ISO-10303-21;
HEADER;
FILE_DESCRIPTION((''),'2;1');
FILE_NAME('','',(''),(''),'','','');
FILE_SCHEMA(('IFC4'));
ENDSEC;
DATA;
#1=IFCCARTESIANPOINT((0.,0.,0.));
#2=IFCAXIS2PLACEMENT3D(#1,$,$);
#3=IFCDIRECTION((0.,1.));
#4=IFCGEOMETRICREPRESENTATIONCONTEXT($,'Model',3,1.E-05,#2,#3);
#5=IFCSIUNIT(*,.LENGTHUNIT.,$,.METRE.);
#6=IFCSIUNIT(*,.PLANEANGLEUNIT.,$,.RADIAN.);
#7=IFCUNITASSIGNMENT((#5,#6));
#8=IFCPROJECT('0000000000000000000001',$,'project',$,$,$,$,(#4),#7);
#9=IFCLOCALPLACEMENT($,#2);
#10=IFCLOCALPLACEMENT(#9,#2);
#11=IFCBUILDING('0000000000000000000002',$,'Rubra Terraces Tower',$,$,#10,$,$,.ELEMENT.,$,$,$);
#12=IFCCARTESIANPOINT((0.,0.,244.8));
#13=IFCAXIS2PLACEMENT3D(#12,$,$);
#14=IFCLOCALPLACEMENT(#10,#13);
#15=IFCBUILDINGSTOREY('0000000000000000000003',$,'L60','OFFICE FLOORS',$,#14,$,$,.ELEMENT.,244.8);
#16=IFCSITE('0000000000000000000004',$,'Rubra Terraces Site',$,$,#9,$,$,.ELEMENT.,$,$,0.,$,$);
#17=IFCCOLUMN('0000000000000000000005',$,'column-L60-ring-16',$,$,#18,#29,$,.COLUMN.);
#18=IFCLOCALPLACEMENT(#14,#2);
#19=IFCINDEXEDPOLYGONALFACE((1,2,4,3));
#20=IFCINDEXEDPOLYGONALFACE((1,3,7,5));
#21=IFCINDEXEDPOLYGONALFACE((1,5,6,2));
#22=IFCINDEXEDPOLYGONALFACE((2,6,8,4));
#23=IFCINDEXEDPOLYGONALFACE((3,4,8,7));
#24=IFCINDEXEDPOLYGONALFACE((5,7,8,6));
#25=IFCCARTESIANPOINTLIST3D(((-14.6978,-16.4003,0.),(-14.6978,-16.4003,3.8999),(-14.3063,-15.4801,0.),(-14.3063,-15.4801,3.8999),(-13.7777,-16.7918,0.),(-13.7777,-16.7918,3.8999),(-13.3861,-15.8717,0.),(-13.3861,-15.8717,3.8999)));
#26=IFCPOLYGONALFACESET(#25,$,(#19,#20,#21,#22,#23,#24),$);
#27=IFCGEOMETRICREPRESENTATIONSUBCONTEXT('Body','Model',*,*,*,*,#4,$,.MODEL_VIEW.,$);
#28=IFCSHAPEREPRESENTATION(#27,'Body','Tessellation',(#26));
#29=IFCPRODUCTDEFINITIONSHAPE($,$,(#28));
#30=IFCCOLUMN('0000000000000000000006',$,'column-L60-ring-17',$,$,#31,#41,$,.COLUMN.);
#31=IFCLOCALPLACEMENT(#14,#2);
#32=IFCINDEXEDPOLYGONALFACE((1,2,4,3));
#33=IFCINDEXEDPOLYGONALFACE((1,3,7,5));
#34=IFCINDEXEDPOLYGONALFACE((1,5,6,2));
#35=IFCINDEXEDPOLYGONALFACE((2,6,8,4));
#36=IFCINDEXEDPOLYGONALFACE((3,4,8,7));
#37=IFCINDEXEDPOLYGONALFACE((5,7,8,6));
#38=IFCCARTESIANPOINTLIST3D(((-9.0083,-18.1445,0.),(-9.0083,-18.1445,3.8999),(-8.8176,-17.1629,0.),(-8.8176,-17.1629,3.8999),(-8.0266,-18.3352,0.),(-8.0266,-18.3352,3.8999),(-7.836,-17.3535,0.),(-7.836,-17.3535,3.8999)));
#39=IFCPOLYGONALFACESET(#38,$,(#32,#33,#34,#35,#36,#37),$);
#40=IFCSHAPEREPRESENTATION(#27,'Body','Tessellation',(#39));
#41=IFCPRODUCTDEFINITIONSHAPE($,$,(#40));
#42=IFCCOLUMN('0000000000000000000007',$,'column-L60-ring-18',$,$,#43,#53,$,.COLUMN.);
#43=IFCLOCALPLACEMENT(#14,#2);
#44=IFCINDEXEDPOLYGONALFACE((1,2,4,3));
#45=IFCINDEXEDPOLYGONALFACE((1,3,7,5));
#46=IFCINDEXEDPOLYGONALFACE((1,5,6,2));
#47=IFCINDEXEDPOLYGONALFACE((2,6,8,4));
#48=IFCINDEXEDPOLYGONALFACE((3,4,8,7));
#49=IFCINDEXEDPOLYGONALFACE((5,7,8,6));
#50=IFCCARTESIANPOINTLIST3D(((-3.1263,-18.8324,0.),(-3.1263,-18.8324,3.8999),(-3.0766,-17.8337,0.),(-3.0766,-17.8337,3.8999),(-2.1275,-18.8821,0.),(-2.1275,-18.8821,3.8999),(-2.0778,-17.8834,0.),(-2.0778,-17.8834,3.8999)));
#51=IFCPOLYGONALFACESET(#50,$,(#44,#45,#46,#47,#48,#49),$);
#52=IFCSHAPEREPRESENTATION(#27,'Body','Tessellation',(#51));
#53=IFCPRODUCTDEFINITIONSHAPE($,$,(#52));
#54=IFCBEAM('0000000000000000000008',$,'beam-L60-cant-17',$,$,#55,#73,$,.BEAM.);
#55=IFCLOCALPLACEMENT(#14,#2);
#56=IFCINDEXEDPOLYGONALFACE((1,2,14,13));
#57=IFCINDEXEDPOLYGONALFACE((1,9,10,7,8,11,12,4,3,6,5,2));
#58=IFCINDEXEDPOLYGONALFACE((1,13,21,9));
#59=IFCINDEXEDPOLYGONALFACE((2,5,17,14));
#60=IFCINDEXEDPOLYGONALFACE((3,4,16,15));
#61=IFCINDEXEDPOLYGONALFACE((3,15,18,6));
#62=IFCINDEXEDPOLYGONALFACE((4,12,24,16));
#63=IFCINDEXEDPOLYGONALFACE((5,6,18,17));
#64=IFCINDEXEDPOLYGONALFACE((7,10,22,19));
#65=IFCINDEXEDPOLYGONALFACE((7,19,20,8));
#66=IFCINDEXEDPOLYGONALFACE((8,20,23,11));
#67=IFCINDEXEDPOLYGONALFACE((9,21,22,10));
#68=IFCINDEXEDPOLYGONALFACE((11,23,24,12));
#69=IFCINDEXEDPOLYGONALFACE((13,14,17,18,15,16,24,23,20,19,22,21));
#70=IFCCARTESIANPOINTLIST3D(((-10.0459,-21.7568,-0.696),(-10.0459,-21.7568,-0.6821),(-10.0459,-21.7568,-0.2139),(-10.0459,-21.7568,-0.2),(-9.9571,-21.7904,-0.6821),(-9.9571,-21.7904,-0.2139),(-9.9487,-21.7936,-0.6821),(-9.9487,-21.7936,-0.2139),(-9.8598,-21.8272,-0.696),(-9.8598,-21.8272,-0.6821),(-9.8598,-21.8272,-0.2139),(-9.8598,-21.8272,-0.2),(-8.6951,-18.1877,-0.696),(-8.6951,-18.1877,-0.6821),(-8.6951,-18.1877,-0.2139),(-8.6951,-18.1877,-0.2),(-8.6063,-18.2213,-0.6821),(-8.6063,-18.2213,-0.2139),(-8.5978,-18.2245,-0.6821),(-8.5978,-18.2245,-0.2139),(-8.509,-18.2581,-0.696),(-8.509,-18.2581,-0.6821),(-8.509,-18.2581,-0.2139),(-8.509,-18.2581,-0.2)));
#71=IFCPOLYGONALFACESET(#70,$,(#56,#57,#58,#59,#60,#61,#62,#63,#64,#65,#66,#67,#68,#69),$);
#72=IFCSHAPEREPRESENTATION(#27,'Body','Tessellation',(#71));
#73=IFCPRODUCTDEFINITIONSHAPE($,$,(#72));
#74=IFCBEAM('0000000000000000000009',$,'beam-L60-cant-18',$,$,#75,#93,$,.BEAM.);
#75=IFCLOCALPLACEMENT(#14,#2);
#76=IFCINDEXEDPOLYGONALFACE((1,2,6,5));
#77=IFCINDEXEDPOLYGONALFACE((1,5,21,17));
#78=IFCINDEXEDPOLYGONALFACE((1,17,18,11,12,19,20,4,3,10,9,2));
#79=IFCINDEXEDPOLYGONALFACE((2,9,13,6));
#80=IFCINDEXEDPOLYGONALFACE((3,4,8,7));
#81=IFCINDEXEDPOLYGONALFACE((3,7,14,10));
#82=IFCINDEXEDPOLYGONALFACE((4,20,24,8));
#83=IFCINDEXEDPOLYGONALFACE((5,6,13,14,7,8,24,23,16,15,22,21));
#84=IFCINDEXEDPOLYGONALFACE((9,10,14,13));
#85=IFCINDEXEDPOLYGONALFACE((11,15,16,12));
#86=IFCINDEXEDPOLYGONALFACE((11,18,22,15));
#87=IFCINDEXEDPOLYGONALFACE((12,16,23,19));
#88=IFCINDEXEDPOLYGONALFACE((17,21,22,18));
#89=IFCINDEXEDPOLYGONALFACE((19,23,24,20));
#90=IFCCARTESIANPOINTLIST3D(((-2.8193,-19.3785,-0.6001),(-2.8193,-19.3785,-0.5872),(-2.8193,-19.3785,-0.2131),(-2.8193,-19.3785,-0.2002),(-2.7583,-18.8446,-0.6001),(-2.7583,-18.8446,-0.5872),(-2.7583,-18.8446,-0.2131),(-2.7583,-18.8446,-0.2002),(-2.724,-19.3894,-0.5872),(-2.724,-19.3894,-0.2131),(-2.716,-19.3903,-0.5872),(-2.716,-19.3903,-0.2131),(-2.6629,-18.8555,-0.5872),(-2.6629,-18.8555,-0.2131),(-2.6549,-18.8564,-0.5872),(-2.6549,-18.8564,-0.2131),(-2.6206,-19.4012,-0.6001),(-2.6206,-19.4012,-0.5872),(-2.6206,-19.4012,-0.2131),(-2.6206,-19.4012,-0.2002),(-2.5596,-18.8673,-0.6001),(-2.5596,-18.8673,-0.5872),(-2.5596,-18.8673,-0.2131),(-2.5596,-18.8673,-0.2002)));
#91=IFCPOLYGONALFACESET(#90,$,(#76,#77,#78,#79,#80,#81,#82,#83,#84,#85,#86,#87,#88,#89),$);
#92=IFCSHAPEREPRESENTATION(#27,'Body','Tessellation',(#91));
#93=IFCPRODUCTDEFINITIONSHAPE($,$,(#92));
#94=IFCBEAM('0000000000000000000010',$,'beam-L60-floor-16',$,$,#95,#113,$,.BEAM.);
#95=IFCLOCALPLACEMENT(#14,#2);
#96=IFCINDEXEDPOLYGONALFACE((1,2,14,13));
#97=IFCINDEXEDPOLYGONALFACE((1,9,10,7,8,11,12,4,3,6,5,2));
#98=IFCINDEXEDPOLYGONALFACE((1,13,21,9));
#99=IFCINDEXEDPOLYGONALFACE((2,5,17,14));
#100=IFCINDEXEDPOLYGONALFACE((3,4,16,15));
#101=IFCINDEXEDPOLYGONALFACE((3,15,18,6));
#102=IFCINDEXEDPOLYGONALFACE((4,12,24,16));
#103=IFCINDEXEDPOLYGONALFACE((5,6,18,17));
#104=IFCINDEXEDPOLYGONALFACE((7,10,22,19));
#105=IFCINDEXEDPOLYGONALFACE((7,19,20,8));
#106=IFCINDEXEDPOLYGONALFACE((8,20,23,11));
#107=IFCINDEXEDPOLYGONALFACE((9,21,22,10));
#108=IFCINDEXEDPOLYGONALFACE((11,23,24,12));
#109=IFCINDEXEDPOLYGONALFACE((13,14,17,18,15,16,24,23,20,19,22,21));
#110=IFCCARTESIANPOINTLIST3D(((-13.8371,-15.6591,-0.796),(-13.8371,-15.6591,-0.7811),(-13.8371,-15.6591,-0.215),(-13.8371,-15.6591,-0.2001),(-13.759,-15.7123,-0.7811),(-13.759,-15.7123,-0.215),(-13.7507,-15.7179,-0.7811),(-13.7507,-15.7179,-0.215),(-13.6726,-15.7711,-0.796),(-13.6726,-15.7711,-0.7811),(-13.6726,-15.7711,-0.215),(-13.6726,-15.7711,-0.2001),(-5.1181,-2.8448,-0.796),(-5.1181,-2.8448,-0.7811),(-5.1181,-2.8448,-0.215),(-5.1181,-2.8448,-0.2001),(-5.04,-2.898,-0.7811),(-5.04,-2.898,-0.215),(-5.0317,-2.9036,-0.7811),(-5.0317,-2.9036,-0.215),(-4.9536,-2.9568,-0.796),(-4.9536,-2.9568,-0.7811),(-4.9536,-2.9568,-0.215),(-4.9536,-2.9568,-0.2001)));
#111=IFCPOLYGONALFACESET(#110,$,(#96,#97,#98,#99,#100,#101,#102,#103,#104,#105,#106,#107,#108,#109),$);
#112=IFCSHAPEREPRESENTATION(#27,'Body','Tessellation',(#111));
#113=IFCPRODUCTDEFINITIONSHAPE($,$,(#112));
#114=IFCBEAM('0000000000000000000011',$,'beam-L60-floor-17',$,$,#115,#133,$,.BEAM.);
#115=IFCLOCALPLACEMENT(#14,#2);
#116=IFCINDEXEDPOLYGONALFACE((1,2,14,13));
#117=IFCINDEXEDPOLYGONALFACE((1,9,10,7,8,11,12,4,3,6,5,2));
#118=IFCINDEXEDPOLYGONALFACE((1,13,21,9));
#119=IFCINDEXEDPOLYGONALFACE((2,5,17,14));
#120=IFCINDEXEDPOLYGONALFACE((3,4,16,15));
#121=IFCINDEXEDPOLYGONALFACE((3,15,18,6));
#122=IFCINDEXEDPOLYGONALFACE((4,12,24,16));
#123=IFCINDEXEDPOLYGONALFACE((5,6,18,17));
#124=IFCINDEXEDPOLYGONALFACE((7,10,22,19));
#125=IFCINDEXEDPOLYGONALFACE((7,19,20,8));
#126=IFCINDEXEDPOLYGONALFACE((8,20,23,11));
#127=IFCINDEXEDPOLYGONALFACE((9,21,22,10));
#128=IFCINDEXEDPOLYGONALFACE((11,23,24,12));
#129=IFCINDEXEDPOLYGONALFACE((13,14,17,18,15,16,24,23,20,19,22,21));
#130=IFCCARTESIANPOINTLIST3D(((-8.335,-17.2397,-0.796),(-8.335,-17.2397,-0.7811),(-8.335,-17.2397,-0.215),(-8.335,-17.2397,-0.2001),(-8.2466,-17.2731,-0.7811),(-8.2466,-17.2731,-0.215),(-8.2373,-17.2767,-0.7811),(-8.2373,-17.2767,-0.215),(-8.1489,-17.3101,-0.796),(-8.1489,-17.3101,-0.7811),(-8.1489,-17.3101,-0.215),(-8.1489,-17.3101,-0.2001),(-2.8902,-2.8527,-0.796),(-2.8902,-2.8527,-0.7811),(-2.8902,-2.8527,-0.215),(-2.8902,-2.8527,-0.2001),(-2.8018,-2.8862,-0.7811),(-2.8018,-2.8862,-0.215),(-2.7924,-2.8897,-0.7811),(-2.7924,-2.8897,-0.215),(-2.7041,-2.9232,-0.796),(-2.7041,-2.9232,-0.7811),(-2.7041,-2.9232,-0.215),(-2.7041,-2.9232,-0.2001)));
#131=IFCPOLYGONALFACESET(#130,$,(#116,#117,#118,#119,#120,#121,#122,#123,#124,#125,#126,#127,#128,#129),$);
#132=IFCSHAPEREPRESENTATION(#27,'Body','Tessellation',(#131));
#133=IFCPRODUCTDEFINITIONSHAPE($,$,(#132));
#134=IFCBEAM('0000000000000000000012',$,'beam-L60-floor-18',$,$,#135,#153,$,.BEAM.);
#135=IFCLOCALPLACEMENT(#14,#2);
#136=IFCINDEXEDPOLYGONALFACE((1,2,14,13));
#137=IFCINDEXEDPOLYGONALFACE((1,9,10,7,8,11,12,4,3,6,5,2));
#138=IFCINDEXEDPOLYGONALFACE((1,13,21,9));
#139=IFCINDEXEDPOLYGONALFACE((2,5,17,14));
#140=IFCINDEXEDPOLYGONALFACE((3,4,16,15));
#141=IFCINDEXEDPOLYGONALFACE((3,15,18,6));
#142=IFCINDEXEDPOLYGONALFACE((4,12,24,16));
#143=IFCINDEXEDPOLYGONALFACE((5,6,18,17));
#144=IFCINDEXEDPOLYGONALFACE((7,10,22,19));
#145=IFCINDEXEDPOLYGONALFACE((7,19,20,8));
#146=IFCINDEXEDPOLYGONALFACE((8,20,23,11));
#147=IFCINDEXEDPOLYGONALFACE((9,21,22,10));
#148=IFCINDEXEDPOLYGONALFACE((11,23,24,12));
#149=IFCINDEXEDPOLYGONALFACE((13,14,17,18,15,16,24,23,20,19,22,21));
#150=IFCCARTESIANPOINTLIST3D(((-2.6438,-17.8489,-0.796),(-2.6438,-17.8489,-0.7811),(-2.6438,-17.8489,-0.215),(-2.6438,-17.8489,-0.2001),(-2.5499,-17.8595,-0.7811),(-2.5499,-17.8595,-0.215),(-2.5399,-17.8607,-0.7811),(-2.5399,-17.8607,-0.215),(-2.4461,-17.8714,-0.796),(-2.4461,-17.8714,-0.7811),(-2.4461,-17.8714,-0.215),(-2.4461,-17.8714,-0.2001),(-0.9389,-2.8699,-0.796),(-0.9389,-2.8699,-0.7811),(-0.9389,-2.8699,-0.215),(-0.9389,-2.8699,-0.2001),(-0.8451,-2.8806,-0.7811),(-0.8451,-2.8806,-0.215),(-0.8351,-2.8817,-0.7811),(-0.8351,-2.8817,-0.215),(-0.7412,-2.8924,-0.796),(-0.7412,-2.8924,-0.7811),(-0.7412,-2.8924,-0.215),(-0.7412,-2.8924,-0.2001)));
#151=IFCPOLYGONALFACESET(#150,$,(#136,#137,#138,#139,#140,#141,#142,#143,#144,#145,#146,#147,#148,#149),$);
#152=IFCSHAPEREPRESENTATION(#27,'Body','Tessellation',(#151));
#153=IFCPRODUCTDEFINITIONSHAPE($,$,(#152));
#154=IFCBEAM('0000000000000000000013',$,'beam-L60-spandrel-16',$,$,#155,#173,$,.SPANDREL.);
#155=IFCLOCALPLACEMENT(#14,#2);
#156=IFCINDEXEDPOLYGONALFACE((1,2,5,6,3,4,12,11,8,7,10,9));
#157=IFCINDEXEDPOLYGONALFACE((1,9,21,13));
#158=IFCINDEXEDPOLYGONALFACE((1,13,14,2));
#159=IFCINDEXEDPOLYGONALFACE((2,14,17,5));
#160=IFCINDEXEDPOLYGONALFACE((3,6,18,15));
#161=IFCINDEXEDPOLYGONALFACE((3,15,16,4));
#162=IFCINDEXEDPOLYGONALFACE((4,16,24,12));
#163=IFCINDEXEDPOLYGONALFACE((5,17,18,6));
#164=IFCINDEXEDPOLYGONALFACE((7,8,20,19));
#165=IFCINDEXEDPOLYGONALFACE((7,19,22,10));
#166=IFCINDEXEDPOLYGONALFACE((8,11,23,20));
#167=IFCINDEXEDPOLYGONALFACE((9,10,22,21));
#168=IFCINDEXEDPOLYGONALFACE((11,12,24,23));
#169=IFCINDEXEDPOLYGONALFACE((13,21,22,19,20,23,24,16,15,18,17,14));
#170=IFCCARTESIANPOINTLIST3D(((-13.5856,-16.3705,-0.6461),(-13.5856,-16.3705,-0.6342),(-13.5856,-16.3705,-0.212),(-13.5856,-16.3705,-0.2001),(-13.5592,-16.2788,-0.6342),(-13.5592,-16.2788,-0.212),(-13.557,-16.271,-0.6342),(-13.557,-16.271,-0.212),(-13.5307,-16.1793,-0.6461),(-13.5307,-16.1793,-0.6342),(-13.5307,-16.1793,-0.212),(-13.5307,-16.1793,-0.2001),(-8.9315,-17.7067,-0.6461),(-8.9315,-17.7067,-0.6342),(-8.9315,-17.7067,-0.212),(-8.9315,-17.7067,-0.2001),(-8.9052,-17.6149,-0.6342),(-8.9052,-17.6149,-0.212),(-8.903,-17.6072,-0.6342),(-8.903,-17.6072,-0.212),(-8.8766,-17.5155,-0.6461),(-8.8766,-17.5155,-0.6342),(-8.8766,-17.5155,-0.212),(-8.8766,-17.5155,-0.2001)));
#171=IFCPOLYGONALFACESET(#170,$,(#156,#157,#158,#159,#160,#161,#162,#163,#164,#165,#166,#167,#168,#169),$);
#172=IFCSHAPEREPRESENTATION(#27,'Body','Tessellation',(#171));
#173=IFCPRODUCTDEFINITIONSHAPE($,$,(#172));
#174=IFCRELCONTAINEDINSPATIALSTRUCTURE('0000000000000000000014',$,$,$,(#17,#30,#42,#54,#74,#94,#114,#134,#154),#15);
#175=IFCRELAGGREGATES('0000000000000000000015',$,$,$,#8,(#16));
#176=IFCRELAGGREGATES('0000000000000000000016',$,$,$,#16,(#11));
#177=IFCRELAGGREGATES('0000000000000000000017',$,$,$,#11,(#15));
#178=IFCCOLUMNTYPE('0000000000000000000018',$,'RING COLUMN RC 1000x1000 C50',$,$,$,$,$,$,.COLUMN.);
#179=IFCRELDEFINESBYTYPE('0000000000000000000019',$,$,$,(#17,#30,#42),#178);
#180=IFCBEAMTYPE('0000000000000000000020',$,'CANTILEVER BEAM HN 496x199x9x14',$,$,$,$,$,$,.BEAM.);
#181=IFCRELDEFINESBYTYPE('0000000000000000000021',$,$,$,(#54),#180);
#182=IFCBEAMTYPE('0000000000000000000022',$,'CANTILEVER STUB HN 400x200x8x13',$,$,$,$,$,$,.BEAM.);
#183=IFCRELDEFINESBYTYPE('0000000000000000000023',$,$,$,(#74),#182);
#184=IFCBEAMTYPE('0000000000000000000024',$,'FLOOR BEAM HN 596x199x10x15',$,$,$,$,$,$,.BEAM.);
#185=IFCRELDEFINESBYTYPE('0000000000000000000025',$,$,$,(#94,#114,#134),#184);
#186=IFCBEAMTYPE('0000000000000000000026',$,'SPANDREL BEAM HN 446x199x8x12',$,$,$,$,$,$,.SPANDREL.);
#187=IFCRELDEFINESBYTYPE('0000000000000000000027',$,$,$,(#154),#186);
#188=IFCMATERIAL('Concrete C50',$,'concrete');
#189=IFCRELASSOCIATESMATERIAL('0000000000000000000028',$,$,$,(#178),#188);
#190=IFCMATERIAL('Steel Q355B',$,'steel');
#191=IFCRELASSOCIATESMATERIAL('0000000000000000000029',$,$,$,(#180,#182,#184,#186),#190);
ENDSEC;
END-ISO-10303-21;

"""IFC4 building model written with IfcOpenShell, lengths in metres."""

from ifc_helpers import new_model, si_unit, direction, frame, origin, origin_2d, place, context, subcontext, project, spatial, rectangle, i_section, extrude, material, material_profile, profile_set, type_object, element, save


model = new_model("IFC4")

# Units and contexts
model_context = context("Model", 3, precision=1e-05, world=origin(), true_north=direction((0.0, 1.0)))
body_context = subcontext(model_context, "Body", "Model", "MODEL_VIEW")
ifc_project = project(units=[si_unit("LENGTHUNIT", "METRE"), si_unit("PLANEANGLEUNIT", "RADIAN")], contexts=[model_context])

# Site, building, storey
site_placement = place(None, origin())
site = spatial("IfcSite", under=ifc_project, at=site_placement, Name="Rubra Terraces Site", CompositionType="ELEMENT", RefElevation=0.0)
building_placement = place(site_placement, origin())
building = spatial("IfcBuilding", under=site, at=building_placement, Name="Rubra Terraces Tower", CompositionType="ELEMENT")
storey_placement = place(building_placement, frame((0.0, 0.0, 244.8)))
storey = spatial("IfcBuildingStorey", under=building, at=storey_placement, Name="L60", Description="OFFICE FLOORS", CompositionType="ELEMENT", Elevation=244.8)

# Columns
ifc_material_1 = material(Name="Concrete C50", Category="concrete")
ifc_material_profile_1 = material_profile(ifc_material_1, rectangle(XDim=1.0, YDim=1.0, at=origin_2d()), Name="RC 1000x1000")
ifc_profile_set_1 = profile_set([ifc_material_profile_1], Name="Concrete C50")
column_type = type_object("IfcColumnType", Name="RING COLUMN RC 1000x1000 C50", PredefinedType="COLUMN", material=ifc_profile_set_1)
for number, where, z_axis, x_axis, name in (
    (1, (-14.042, -16.136, 0.0), (0.0, 0.0, 1.0), (0.920168, -0.391524, 0.0), "column-L60-ring-16"),
    (2, (-8.4221, -17.749, 0.0), (0.0, 0.0, 1.0), (0.981655, -0.190668, 0.0), "column-L60-ring-17"),
    (3, (-2.6021, -18.3579, 0.0), (0.0, 0.0, 1.0), (0.998764, -0.049699, 0.0), "column-L60-ring-18"),
):
    element("IfcColumn", number, at=place(storey_placement, frame(where, z_axis=z_axis, x_axis=x_axis)), inside=storey, type_object=column_type, Name=name, PredefinedType="COLUMN", context=body_context, shape_type="SweptSolid", body=[
        extrude(rectangle(XDim=1.0, YDim=1.0, at=origin_2d()), origin(), (0.0, 0.0, 1.0), 3.8999),
    ])

# Beams
ifc_material_2 = material(Name="Steel Q355B", Category="steel")
ifc_material_profile_2 = material_profile(ifc_material_2, i_section(OverallWidth=0.199, OverallDepth=0.4961, WebThickness=0.009, FlangeThickness=0.0139, at=origin_2d()), Name="HN 496x199x9x14")
ifc_profile_set_2 = profile_set([ifc_material_profile_2], Name="Steel Q355B")
beam_type_1 = type_object("IfcBeamType", Name="CANTILEVER BEAM HN 496x199x9x14", PredefinedType="BEAM", material=ifc_profile_set_2)
beam_1_placement = place(storey_placement, frame((-8.6021, -18.2229, -0.448), z_axis=(-0.353975, -0.935255, 0.0), x_axis=(0.935255, -0.353975, 0.0)))
element("IfcBeam", 4, at=beam_1_placement, inside=storey, type_object=beam_type_1, Name="beam-L60-cant-17", PredefinedType="BEAM", context=body_context, shape_type="SweptSolid", body=[
    extrude(i_section(OverallWidth=0.199, OverallDepth=0.4961, WebThickness=0.009, FlangeThickness=0.0139, at=origin_2d()), origin(), (0.0, 0.0, 1.0), 3.8162),
])
ifc_material_profile_3 = material_profile(ifc_material_2, i_section(OverallWidth=0.2, OverallDepth=0.3999, WebThickness=0.0081, FlangeThickness=0.0129, at=origin_2d()), Name="HN 400x200x8x13")
ifc_profile_set_3 = profile_set([ifc_material_profile_3], Name="Steel Q355B")
beam_type_2 = type_object("IfcBeamType", Name="CANTILEVER STUB HN 400x200x8x13", PredefinedType="BEAM", material=ifc_profile_set_3)
beam_2_placement = place(storey_placement, frame((-2.6589, -18.856, -0.4001), z_axis=(-0.113572, -0.99353, 0.0), x_axis=(0.99353, -0.113572, 0.0)))
element("IfcBeam", 5, at=beam_2_placement, inside=storey, type_object=beam_type_2, Name="beam-L60-cant-18", PredefinedType="BEAM", context=body_context, shape_type="SweptSolid", body=[
    extrude(i_section(OverallWidth=0.2, OverallDepth=0.3999, WebThickness=0.0081, FlangeThickness=0.0129, at=origin_2d()), origin(), (0.0, 0.0, 1.0), 0.5374),
])
ifc_material_profile_4 = material_profile(ifc_material_2, i_section(OverallWidth=0.199, OverallDepth=0.5959, WebThickness=0.01, FlangeThickness=0.0149, at=origin_2d()), Name="HN 596x199x10x15")
ifc_profile_set_4 = profile_set([ifc_material_profile_4], Name="Steel Q355B")
beam_type_3 = type_object("IfcBeamType", Name="FLOOR BEAM HN 596x199x10x15", PredefinedType="BEAM", material=ifc_profile_set_4)
beam_3_placement = place(storey_placement, frame((-13.7549, -15.7151, -0.498), z_axis=(0.562545, 0.826767, 0.0), x_axis=(-0.826767, 0.562545, 0.0)))
element("IfcBeam", 6, at=beam_3_placement, inside=storey, type_object=beam_type_3, Name="beam-L60-floor-16", PredefinedType="BEAM", context=body_context, shape_type="SweptSolid", body=[
    extrude(i_section(OverallWidth=0.199, OverallDepth=0.5959, WebThickness=0.01, FlangeThickness=0.0149, at=origin_2d()), origin(), (0.0, 0.0, 1.0), 15.4993),
])
beam_4_placement = place(storey_placement, frame((-8.2419, -17.2749, -0.498), z_axis=(0.353955, 0.935262, 0.0), x_axis=(-0.935262, 0.353955, 0.0)))
element("IfcBeam", 7, at=beam_4_placement, inside=storey, type_object=beam_type_3, Name="beam-L60-floor-17", PredefinedType="BEAM", context=body_context, shape_type="SweptSolid", body=[
    extrude(i_section(OverallWidth=0.199, OverallDepth=0.5959, WebThickness=0.01, FlangeThickness=0.0149, at=origin_2d()), origin(), (0.0, 0.0, 1.0), 15.3828),
])
beam_5_placement = place(storey_placement, frame((-2.5449, -17.8601, -0.498), z_axis=(0.113085, 0.993585, 0.0), x_axis=(-0.993585, 0.113085, 0.0)))
element("IfcBeam", 8, at=beam_5_placement, inside=storey, type_object=beam_type_3, Name="beam-L60-floor-18", PredefinedType="BEAM", context=body_context, shape_type="SweptSolid", body=[
    extrude(i_section(OverallWidth=0.199, OverallDepth=0.5959, WebThickness=0.01, FlangeThickness=0.0149, at=origin_2d()), origin(), (0.0, 0.0, 1.0), 15.0757),
])
ifc_material_profile_5 = material_profile(ifc_material_2, i_section(OverallWidth=0.199, OverallDepth=0.446, WebThickness=0.0081, FlangeThickness=0.012, at=origin_2d()), Name="HN 446x199x8x12")
ifc_profile_set_5 = profile_set([ifc_material_profile_5], Name="Steel Q355B")
beam_type_4 = type_object("IfcBeamType", Name="SPANDREL BEAM HN 446x199x8x12", PredefinedType="SPANDREL", material=ifc_profile_set_5)
beam_6_placement = place(storey_placement, frame((-13.5581, -16.2749, -0.4231), z_axis=(0.961171, -0.275953, 0.0), x_axis=(0.275953, 0.961171, 0.0)))
element("IfcBeam", 9, at=beam_6_placement, inside=storey, type_object=beam_type_4, Name="beam-L60-spandrel-16", PredefinedType="SPANDREL", context=body_context, shape_type="SweptSolid", body=[
    extrude(i_section(OverallWidth=0.199, OverallDepth=0.446, WebThickness=0.0081, FlangeThickness=0.012, at=origin_2d()), origin(), (0.0, 0.0, 1.0), 4.842),
])

save(model, "model.ifc")
